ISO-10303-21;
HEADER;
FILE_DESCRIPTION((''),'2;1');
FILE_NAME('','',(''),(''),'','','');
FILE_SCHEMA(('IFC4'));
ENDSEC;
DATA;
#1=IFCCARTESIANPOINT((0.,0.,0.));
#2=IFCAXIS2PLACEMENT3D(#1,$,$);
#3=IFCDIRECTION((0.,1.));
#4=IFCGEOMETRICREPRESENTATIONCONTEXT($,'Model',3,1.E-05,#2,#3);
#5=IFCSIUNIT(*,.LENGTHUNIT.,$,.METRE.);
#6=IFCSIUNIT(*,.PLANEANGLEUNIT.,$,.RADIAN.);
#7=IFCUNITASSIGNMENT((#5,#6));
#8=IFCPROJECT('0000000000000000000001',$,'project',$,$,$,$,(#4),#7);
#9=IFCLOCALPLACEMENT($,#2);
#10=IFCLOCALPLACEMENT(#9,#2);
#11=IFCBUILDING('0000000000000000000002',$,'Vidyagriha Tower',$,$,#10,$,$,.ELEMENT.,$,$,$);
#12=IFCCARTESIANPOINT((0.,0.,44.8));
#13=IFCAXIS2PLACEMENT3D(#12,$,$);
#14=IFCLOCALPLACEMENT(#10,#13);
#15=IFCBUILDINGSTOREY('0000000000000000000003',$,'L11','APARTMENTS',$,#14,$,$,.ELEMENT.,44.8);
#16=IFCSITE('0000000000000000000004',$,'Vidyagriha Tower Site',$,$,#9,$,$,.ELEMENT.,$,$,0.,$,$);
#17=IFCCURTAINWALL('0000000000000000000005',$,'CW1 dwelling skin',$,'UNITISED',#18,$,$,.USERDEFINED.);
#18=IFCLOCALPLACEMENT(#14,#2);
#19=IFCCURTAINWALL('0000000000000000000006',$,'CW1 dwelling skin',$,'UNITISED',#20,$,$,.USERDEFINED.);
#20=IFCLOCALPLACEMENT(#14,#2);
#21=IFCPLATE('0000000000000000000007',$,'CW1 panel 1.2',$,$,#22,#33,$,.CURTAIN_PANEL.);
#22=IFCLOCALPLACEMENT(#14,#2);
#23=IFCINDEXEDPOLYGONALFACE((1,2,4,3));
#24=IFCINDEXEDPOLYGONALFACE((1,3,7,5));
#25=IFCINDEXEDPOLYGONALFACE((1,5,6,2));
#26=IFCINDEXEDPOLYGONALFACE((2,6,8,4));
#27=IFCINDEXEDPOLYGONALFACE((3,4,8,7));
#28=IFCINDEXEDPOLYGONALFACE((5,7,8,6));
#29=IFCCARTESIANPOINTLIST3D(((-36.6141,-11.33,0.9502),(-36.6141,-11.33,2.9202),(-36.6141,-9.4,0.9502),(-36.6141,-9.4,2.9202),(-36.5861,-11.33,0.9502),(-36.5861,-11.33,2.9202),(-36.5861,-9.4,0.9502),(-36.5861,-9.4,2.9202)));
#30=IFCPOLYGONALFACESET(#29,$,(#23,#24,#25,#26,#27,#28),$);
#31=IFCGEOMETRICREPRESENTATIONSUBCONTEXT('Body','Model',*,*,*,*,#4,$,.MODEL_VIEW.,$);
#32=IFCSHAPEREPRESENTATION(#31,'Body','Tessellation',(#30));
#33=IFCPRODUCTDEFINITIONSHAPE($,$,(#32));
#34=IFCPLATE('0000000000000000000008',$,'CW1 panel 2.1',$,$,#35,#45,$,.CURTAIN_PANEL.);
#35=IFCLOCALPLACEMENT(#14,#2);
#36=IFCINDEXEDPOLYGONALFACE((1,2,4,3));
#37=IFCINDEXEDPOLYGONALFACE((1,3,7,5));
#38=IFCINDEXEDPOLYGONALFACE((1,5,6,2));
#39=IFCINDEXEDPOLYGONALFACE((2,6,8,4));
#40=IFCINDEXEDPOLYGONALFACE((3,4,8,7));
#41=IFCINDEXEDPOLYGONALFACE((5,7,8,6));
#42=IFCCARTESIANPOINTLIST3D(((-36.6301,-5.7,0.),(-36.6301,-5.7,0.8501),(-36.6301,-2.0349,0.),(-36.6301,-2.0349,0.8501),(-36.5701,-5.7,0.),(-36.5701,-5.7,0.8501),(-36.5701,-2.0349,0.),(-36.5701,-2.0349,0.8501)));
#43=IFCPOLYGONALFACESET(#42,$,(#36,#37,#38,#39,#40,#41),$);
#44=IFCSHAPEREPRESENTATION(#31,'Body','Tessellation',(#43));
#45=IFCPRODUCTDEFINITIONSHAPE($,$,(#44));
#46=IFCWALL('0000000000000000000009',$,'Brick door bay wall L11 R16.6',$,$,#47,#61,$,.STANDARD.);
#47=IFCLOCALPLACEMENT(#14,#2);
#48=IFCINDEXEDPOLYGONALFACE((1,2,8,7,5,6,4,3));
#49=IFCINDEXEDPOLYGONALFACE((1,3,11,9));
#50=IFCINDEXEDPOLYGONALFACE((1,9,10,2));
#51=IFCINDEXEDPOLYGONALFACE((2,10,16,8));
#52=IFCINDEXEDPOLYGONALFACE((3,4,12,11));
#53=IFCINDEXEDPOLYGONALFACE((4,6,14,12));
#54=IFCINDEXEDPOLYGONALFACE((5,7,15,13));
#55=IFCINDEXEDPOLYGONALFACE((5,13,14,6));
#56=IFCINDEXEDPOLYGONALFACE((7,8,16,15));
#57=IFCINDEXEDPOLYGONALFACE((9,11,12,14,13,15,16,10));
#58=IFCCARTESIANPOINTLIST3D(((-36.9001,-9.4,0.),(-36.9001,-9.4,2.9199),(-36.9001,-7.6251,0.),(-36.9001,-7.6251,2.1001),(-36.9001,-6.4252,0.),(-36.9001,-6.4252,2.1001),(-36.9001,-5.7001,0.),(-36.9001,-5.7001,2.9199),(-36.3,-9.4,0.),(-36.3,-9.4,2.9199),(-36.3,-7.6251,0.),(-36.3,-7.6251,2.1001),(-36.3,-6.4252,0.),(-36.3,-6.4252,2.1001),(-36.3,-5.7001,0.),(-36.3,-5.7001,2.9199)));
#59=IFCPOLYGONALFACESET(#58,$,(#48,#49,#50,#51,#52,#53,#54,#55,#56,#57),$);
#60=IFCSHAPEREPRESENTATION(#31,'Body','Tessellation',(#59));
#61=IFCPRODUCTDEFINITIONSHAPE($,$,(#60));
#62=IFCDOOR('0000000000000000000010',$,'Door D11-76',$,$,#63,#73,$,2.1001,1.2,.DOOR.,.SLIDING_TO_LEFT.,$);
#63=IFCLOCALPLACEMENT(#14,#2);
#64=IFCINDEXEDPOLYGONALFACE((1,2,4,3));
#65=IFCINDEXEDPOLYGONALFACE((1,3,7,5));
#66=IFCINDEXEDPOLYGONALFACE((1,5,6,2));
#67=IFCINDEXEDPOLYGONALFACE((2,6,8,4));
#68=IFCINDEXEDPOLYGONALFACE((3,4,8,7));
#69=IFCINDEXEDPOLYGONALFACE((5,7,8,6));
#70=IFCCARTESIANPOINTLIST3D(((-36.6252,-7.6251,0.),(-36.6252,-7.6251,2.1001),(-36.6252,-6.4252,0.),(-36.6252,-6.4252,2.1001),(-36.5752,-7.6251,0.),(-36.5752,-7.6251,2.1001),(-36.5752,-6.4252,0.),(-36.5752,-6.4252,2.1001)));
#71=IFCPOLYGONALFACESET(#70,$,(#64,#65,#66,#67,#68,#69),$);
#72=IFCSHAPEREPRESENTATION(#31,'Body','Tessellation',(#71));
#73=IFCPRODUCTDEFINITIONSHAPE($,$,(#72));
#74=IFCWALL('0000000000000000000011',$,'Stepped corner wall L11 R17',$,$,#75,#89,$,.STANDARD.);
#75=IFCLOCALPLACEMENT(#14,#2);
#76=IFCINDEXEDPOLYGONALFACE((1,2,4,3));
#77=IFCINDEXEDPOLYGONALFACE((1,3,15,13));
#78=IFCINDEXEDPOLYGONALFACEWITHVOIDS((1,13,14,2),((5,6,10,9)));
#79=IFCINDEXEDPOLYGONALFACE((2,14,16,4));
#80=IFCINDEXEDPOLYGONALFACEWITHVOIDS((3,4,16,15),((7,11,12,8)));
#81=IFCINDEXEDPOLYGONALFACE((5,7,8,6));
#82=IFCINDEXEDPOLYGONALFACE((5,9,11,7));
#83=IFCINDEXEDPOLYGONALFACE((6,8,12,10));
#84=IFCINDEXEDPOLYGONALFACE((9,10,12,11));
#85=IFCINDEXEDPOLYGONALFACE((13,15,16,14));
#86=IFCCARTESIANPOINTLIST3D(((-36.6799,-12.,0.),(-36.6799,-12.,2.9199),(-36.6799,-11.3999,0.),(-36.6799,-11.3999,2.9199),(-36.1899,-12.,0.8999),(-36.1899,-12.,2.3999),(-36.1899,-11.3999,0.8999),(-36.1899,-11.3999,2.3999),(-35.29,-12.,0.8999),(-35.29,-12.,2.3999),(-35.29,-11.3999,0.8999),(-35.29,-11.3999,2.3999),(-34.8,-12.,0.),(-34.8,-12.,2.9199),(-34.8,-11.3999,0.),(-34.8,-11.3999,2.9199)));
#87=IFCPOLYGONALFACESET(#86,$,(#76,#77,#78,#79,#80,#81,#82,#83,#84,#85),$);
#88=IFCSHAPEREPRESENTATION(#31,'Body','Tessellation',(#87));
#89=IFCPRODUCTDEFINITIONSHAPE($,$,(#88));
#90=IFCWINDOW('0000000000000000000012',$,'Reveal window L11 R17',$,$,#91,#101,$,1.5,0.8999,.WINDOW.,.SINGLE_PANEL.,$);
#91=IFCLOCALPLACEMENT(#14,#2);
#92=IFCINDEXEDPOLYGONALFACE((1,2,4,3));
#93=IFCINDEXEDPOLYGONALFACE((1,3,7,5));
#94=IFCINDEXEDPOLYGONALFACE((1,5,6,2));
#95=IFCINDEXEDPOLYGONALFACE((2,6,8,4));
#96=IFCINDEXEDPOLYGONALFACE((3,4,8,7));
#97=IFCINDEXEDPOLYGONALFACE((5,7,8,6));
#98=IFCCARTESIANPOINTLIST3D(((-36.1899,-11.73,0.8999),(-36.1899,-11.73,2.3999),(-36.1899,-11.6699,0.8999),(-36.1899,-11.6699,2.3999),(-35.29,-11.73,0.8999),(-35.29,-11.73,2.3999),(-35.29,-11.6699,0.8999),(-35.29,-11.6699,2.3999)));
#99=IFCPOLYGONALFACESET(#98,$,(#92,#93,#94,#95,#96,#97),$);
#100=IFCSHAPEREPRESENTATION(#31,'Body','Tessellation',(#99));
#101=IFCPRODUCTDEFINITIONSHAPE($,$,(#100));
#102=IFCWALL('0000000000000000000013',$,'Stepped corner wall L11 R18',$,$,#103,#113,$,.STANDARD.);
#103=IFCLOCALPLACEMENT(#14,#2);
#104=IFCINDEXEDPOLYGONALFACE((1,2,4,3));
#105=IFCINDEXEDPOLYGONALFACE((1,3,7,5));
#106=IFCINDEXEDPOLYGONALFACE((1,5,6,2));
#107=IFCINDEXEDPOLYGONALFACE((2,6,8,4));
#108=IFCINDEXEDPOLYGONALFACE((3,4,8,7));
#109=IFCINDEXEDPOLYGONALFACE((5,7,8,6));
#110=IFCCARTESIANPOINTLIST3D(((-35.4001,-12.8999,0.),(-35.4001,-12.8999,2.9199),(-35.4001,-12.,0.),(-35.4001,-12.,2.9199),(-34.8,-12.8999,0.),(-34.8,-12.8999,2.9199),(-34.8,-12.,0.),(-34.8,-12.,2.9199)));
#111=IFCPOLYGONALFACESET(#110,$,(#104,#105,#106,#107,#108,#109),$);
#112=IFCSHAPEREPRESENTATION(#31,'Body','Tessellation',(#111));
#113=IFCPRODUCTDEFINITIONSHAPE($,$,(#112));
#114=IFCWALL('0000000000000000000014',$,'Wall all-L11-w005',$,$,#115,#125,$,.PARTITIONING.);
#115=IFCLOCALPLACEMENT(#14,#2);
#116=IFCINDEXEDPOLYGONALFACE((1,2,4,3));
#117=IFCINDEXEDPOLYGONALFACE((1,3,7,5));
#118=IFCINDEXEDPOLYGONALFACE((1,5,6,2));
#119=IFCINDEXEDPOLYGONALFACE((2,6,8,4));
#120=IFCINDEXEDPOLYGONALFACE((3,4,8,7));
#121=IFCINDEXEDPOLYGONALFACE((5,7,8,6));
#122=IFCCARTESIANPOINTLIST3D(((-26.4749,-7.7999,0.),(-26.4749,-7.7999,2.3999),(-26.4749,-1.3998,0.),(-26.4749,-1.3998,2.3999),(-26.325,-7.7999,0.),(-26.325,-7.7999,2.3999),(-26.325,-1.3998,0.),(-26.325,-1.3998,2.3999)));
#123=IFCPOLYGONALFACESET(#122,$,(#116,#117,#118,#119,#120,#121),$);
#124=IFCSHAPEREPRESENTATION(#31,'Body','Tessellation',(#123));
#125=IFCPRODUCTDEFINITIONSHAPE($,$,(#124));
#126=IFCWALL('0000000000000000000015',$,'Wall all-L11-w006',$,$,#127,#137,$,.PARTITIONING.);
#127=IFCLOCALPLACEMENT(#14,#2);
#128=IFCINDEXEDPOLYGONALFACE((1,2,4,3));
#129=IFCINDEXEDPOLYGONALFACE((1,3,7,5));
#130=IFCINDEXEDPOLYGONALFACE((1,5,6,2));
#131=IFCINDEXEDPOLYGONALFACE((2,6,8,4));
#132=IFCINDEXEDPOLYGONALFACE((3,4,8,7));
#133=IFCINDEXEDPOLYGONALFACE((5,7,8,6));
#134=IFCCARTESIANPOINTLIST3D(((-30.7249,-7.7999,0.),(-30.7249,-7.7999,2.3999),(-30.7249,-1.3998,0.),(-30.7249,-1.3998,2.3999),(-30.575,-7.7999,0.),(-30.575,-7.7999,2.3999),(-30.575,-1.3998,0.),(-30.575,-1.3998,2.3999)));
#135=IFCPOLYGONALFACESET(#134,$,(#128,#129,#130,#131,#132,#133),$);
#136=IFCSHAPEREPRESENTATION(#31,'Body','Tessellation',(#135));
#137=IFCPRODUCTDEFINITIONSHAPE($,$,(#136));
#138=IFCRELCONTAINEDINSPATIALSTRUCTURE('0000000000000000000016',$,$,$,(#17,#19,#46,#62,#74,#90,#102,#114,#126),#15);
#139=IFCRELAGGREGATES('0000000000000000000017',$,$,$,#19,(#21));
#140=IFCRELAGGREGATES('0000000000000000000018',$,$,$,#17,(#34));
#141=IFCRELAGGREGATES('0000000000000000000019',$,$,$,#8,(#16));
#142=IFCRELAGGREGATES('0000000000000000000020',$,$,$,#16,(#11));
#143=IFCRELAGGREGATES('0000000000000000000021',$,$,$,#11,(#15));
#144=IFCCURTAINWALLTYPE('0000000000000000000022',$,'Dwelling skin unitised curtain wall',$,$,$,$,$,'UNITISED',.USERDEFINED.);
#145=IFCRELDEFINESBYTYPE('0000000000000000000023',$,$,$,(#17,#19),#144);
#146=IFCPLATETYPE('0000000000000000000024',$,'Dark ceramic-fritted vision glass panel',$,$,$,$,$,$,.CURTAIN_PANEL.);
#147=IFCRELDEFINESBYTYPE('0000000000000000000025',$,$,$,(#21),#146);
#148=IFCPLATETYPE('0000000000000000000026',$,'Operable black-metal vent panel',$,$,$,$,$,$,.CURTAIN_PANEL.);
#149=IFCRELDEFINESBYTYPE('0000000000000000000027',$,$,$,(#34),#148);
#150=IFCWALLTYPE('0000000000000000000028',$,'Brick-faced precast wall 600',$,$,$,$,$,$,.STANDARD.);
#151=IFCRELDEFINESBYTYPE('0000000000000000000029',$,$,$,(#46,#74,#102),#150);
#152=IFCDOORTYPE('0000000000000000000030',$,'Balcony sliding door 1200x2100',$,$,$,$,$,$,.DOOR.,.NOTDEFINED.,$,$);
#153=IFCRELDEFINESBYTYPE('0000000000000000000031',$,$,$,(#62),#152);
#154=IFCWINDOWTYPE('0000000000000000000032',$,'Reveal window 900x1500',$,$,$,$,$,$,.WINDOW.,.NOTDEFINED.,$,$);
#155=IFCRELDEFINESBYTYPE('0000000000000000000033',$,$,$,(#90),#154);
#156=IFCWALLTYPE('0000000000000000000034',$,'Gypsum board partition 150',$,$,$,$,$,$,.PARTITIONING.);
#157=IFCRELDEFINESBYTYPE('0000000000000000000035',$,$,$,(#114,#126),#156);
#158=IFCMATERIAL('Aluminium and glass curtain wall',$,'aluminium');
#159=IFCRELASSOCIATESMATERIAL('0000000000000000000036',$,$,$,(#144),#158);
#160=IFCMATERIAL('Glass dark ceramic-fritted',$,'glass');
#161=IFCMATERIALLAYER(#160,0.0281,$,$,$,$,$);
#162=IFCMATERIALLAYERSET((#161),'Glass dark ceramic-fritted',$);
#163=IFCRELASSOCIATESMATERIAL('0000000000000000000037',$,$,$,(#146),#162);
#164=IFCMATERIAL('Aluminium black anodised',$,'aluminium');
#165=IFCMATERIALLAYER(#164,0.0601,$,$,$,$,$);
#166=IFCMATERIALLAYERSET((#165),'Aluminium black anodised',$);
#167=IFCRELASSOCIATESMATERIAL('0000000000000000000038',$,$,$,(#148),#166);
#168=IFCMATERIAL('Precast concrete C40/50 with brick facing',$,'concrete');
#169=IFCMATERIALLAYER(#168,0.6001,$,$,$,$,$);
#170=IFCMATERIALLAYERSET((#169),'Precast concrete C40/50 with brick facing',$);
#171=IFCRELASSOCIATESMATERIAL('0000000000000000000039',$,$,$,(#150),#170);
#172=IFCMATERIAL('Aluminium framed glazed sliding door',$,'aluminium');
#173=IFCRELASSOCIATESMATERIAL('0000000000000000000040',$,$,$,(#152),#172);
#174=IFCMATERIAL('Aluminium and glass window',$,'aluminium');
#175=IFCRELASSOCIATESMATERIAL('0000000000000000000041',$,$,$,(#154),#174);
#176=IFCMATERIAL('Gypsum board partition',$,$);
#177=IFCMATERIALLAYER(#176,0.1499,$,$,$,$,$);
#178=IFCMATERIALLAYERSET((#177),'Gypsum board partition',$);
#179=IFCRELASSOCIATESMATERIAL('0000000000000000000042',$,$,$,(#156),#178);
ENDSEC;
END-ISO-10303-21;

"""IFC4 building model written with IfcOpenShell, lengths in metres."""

from ifc_helpers import new_model, si_unit, direction, frame, frame_2d, origin, origin_2d, place, context, subcontext, project, spatial, rectangle, extrude, material, layer, layer_set, type_object, element, fill, aggregate, save


model = new_model("IFC4")

# Units and contexts
model_context = context("Model", 3, precision=1e-05, world=origin(), true_north=direction((0.0, 1.0)))
body_context = subcontext(model_context, "Body", "Model", "MODEL_VIEW")
ifc_project = project(units=[si_unit("LENGTHUNIT", "METRE"), si_unit("PLANEANGLEUNIT", "RADIAN")], contexts=[model_context])

# Site, building, storey
site_placement = place(None, origin())
site = spatial("IfcSite", under=ifc_project, at=site_placement, Name="Vidyagriha Tower Site", CompositionType="ELEMENT", RefElevation=0.0)
building_placement = place(site_placement, origin())
building = spatial("IfcBuilding", under=site, at=building_placement, Name="Vidyagriha Tower", CompositionType="ELEMENT")
storey_placement = place(building_placement, frame((0.0, 0.0, 44.8)))
storey = spatial("IfcBuildingStorey", under=building, at=storey_placement, Name="L11", Description="APARTMENTS", CompositionType="ELEMENT", Elevation=44.8)

# Curtain walls
ifc_material_1 = material(Name="Aluminium and glass curtain wall", Category="aluminium")
curtain_wall_type = type_object("IfcCurtainWallType", Name="Dwelling skin unitised curtain wall", ElementType="UNITISED", PredefinedType="USERDEFINED", material=ifc_material_1)
curtain_wall_1_placement = place(storey_placement, origin())
curtain_wall_1 = element("IfcCurtainWall", 1, at=curtain_wall_1_placement, inside=storey, type_object=curtain_wall_type, Name="CW1 dwelling skin", ObjectType="UNITISED", PredefinedType="USERDEFINED")
curtain_wall_2_placement = place(storey_placement, origin())
curtain_wall_2 = element("IfcCurtainWall", 2, at=curtain_wall_2_placement, inside=storey, type_object=curtain_wall_type, Name="CW1 dwelling skin", ObjectType="UNITISED", PredefinedType="USERDEFINED")

# Plates
ifc_material_2 = material(Name="Glass dark ceramic-fritted", Category="glass")
ifc_layer_1 = layer(ifc_material_2, 0.0281)
ifc_layer_set_1 = layer_set([ifc_layer_1], Name="Glass dark ceramic-fritted")
plate_type_1 = type_object("IfcPlateType", Name="Dark ceramic-fritted vision glass panel", PredefinedType="CURTAIN_PANEL", material=ifc_layer_set_1)
plate_1_placement = place(storey_placement, frame((-36.6001, -10.365, 0.9502), z_axis=(0.0, 0.0, 1.0), x_axis=(0.0, -1.0, 0.0)))
plate_1 = element("IfcPlate", 3, at=plate_1_placement, type_object=plate_type_1, Name="CW1 panel 1.2", PredefinedType="CURTAIN_PANEL", context=body_context, shape_type="SweptSolid", body=[
    extrude(rectangle(XDim=1.9299, YDim=0.0281, at=origin_2d()), origin(), (0.0, 0.0, 1.0), 1.97),
])
aggregate(curtain_wall_2, [plate_1])
ifc_material_3 = material(Name="Aluminium black anodised", Category="aluminium")
ifc_layer_2 = layer(ifc_material_3, 0.0601)
ifc_layer_set_2 = layer_set([ifc_layer_2], Name="Aluminium black anodised")
plate_type_2 = type_object("IfcPlateType", Name="Operable black-metal vent panel", PredefinedType="CURTAIN_PANEL", material=ifc_layer_set_2)
plate_2_placement = place(storey_placement, frame((-36.6001, -3.8674, 0.0), z_axis=(0.0, 0.0, 1.0), x_axis=(0.0, -1.0, 0.0)))
plate_2 = element("IfcPlate", 4, at=plate_2_placement, type_object=plate_type_2, Name="CW1 panel 2.1", PredefinedType="CURTAIN_PANEL", context=body_context, shape_type="SweptSolid", body=[
    extrude(rectangle(XDim=3.665, YDim=0.0601, at=origin_2d()), origin(), (0.0, 0.0, 1.0), 0.8501),
])
aggregate(curtain_wall_1, [plate_2])

# Wall, opening, door
ifc_material_4 = material(Name="Precast concrete C40/50 with brick facing", Category="concrete")
ifc_layer_3 = layer(ifc_material_4, 0.6001)
ifc_layer_set_3 = layer_set([ifc_layer_3], Name="Precast concrete C40/50 with brick facing")
wall_type_1 = type_object("IfcWallType", Name="Brick-faced precast wall 600", PredefinedType="STANDARD", material=ifc_layer_set_3)
wall_1_placement = place(storey_placement, frame((-36.6001, -5.7, 0.0), z_axis=(0.0, 0.0, 1.0), x_axis=(0.0, -1.0, 0.0)))
wall_1 = element("IfcWall", 5, at=wall_1_placement, inside=storey, type_object=wall_type_1, Name="Brick door bay wall L11 R16.6", PredefinedType="STANDARD", context=body_context, shape_type="SweptSolid", body=[
    extrude(rectangle(XDim=3.7, YDim=0.6001, at=frame_2d((1.8501, 0.0))), origin(), (0.0, 0.0, 1.0), 2.9199),
])
opening_1_placement = place(wall_1_placement, frame((0.7251, 0.0, 0.0)))
opening_1 = element("IfcOpeningElement", 6, at=opening_1_placement, cuts=wall_1, PredefinedType="OPENING", context=body_context, shape_type="SweptSolid", body=[
    extrude(rectangle(XDim=1.2, YDim=2.1001, at=frame_2d((0.6001, 1.05))), frame((0.0, 0.3101, 0.0), z_axis=(0.0, -1.0, 0.0), x_axis=(1.0, 0.0, 0.0)), (0.0, 0.0, 1.0), 0.6201),
])
ifc_material_5 = material(Name="Aluminium framed glazed sliding door", Category="aluminium")
door_type_1 = type_object("IfcDoorType", Name="Balcony sliding door 1200x2100", OperationType="NOTDEFINED", PredefinedType="DOOR", material=ifc_material_5)
door_1_placement = place(opening_1_placement, origin())
door_1 = element("IfcDoor", 7, at=door_1_placement, inside=storey, type_object=door_type_1, Name="Door D11-76", OperationType="SLIDING_TO_LEFT", OverallHeight=2.1001, OverallWidth=1.2, PredefinedType="DOOR", context=body_context, shape_type="SweptSolid", body=[
    extrude(rectangle(XDim=1.2, YDim=2.1001, at=frame_2d((0.6001, 1.05))), frame((0.0, 0.0249, 0.0), z_axis=(0.0, -1.0, 0.0), x_axis=(1.0, 0.0, 0.0)), (0.0, 0.0, 1.0), 0.05),
])
fill(opening_1, door_1)

# Wall, opening, window
wall_2_placement = place(storey_placement, frame((-36.6799, -11.7, 0.0)))
wall_2 = element("IfcWall", 8, at=wall_2_placement, inside=storey, type_object=wall_type_1, Name="Stepped corner wall L11 R17", PredefinedType="STANDARD", context=body_context, shape_type="SweptSolid", body=[
    extrude(rectangle(XDim=1.8799, YDim=0.6001, at=frame_2d((0.9399, 0.0))), origin(), (0.0, 0.0, 1.0), 2.9199),
])
opening_2_placement = place(wall_2_placement, frame((0.49, 0.0, 0.8999)))
opening_2 = element("IfcOpeningElement", 9, at=opening_2_placement, cuts=wall_2, PredefinedType="OPENING", context=body_context, shape_type="SweptSolid", body=[
    extrude(rectangle(XDim=0.8999, YDim=1.5, at=frame_2d((0.45, 0.75))), frame((0.0, 0.3101, 0.0), z_axis=(0.0, -1.0, 0.0), x_axis=(1.0, 0.0, 0.0)), (0.0, 0.0, 1.0), 0.6201),
])
ifc_material_6 = material(Name="Aluminium and glass window", Category="aluminium")
window_type = type_object("IfcWindowType", Name="Reveal window 900x1500", PartitioningType="NOTDEFINED", PredefinedType="WINDOW", material=ifc_material_6)
window_placement = place(opening_2_placement, origin())
window = element("IfcWindow", 10, at=window_placement, inside=storey, type_object=window_type, Name="Reveal window L11 R17", OverallHeight=1.5, OverallWidth=0.8999, PartitioningType="SINGLE_PANEL", PredefinedType="WINDOW", context=body_context, shape_type="SweptSolid", body=[
    extrude(rectangle(XDim=0.8999, YDim=1.5, at=frame_2d((0.45, 0.75))), frame((0.0, 0.03, 0.0), z_axis=(0.0, -1.0, 0.0), x_axis=(1.0, 0.0, 0.0)), (0.0, 0.0, 1.0), 0.0601),
])
fill(opening_2, window)

# Walls
wall_3_placement = place(storey_placement, frame((-35.1001, -12.0, 0.0), z_axis=(0.0, 0.0, 1.0), x_axis=(0.0, -1.0, 0.0)))
element("IfcWall", 11, at=wall_3_placement, inside=storey, type_object=wall_type_1, Name="Stepped corner wall L11 R18", PredefinedType="STANDARD", context=body_context, shape_type="SweptSolid", body=[
    extrude(rectangle(XDim=0.8999, YDim=0.6001, at=frame_2d((0.45, 0.0))), origin(), (0.0, 0.0, 1.0), 2.9199),
])
ifc_material_7 = material(Name="Gypsum board partition")
ifc_layer_4 = layer(ifc_material_7, 0.1499)
ifc_layer_set_4 = layer_set([ifc_layer_4], Name="Gypsum board partition")
wall_type_2 = type_object("IfcWallType", Name="Gypsum board partition 150", PredefinedType="PARTITIONING", material=ifc_layer_set_4)
for number, where, z_axis, x_axis, name in (
    (12, (-26.3999, -7.8, 0.0), (0.0, 0.0, 1.0), (0.0, 1.0, 0.0), "Wall all-L11-w005"),
    (13, (-30.6499, -7.8, 0.0), (0.0, 0.0, 1.0), (0.0, 1.0, 0.0), "Wall all-L11-w006"),
):
    element("IfcWall", number, at=place(storey_placement, frame(where, z_axis=z_axis, x_axis=x_axis)), inside=storey, type_object=wall_type_2, Name=name, PredefinedType="PARTITIONING", context=body_context, shape_type="SweptSolid", body=[
        extrude(rectangle(XDim=6.4001, YDim=0.1499, at=frame_2d((3.2002, 0.0))), origin(), (0.0, 0.0, 1.0), 2.3999),
    ])

save(model, "model.ifc")
